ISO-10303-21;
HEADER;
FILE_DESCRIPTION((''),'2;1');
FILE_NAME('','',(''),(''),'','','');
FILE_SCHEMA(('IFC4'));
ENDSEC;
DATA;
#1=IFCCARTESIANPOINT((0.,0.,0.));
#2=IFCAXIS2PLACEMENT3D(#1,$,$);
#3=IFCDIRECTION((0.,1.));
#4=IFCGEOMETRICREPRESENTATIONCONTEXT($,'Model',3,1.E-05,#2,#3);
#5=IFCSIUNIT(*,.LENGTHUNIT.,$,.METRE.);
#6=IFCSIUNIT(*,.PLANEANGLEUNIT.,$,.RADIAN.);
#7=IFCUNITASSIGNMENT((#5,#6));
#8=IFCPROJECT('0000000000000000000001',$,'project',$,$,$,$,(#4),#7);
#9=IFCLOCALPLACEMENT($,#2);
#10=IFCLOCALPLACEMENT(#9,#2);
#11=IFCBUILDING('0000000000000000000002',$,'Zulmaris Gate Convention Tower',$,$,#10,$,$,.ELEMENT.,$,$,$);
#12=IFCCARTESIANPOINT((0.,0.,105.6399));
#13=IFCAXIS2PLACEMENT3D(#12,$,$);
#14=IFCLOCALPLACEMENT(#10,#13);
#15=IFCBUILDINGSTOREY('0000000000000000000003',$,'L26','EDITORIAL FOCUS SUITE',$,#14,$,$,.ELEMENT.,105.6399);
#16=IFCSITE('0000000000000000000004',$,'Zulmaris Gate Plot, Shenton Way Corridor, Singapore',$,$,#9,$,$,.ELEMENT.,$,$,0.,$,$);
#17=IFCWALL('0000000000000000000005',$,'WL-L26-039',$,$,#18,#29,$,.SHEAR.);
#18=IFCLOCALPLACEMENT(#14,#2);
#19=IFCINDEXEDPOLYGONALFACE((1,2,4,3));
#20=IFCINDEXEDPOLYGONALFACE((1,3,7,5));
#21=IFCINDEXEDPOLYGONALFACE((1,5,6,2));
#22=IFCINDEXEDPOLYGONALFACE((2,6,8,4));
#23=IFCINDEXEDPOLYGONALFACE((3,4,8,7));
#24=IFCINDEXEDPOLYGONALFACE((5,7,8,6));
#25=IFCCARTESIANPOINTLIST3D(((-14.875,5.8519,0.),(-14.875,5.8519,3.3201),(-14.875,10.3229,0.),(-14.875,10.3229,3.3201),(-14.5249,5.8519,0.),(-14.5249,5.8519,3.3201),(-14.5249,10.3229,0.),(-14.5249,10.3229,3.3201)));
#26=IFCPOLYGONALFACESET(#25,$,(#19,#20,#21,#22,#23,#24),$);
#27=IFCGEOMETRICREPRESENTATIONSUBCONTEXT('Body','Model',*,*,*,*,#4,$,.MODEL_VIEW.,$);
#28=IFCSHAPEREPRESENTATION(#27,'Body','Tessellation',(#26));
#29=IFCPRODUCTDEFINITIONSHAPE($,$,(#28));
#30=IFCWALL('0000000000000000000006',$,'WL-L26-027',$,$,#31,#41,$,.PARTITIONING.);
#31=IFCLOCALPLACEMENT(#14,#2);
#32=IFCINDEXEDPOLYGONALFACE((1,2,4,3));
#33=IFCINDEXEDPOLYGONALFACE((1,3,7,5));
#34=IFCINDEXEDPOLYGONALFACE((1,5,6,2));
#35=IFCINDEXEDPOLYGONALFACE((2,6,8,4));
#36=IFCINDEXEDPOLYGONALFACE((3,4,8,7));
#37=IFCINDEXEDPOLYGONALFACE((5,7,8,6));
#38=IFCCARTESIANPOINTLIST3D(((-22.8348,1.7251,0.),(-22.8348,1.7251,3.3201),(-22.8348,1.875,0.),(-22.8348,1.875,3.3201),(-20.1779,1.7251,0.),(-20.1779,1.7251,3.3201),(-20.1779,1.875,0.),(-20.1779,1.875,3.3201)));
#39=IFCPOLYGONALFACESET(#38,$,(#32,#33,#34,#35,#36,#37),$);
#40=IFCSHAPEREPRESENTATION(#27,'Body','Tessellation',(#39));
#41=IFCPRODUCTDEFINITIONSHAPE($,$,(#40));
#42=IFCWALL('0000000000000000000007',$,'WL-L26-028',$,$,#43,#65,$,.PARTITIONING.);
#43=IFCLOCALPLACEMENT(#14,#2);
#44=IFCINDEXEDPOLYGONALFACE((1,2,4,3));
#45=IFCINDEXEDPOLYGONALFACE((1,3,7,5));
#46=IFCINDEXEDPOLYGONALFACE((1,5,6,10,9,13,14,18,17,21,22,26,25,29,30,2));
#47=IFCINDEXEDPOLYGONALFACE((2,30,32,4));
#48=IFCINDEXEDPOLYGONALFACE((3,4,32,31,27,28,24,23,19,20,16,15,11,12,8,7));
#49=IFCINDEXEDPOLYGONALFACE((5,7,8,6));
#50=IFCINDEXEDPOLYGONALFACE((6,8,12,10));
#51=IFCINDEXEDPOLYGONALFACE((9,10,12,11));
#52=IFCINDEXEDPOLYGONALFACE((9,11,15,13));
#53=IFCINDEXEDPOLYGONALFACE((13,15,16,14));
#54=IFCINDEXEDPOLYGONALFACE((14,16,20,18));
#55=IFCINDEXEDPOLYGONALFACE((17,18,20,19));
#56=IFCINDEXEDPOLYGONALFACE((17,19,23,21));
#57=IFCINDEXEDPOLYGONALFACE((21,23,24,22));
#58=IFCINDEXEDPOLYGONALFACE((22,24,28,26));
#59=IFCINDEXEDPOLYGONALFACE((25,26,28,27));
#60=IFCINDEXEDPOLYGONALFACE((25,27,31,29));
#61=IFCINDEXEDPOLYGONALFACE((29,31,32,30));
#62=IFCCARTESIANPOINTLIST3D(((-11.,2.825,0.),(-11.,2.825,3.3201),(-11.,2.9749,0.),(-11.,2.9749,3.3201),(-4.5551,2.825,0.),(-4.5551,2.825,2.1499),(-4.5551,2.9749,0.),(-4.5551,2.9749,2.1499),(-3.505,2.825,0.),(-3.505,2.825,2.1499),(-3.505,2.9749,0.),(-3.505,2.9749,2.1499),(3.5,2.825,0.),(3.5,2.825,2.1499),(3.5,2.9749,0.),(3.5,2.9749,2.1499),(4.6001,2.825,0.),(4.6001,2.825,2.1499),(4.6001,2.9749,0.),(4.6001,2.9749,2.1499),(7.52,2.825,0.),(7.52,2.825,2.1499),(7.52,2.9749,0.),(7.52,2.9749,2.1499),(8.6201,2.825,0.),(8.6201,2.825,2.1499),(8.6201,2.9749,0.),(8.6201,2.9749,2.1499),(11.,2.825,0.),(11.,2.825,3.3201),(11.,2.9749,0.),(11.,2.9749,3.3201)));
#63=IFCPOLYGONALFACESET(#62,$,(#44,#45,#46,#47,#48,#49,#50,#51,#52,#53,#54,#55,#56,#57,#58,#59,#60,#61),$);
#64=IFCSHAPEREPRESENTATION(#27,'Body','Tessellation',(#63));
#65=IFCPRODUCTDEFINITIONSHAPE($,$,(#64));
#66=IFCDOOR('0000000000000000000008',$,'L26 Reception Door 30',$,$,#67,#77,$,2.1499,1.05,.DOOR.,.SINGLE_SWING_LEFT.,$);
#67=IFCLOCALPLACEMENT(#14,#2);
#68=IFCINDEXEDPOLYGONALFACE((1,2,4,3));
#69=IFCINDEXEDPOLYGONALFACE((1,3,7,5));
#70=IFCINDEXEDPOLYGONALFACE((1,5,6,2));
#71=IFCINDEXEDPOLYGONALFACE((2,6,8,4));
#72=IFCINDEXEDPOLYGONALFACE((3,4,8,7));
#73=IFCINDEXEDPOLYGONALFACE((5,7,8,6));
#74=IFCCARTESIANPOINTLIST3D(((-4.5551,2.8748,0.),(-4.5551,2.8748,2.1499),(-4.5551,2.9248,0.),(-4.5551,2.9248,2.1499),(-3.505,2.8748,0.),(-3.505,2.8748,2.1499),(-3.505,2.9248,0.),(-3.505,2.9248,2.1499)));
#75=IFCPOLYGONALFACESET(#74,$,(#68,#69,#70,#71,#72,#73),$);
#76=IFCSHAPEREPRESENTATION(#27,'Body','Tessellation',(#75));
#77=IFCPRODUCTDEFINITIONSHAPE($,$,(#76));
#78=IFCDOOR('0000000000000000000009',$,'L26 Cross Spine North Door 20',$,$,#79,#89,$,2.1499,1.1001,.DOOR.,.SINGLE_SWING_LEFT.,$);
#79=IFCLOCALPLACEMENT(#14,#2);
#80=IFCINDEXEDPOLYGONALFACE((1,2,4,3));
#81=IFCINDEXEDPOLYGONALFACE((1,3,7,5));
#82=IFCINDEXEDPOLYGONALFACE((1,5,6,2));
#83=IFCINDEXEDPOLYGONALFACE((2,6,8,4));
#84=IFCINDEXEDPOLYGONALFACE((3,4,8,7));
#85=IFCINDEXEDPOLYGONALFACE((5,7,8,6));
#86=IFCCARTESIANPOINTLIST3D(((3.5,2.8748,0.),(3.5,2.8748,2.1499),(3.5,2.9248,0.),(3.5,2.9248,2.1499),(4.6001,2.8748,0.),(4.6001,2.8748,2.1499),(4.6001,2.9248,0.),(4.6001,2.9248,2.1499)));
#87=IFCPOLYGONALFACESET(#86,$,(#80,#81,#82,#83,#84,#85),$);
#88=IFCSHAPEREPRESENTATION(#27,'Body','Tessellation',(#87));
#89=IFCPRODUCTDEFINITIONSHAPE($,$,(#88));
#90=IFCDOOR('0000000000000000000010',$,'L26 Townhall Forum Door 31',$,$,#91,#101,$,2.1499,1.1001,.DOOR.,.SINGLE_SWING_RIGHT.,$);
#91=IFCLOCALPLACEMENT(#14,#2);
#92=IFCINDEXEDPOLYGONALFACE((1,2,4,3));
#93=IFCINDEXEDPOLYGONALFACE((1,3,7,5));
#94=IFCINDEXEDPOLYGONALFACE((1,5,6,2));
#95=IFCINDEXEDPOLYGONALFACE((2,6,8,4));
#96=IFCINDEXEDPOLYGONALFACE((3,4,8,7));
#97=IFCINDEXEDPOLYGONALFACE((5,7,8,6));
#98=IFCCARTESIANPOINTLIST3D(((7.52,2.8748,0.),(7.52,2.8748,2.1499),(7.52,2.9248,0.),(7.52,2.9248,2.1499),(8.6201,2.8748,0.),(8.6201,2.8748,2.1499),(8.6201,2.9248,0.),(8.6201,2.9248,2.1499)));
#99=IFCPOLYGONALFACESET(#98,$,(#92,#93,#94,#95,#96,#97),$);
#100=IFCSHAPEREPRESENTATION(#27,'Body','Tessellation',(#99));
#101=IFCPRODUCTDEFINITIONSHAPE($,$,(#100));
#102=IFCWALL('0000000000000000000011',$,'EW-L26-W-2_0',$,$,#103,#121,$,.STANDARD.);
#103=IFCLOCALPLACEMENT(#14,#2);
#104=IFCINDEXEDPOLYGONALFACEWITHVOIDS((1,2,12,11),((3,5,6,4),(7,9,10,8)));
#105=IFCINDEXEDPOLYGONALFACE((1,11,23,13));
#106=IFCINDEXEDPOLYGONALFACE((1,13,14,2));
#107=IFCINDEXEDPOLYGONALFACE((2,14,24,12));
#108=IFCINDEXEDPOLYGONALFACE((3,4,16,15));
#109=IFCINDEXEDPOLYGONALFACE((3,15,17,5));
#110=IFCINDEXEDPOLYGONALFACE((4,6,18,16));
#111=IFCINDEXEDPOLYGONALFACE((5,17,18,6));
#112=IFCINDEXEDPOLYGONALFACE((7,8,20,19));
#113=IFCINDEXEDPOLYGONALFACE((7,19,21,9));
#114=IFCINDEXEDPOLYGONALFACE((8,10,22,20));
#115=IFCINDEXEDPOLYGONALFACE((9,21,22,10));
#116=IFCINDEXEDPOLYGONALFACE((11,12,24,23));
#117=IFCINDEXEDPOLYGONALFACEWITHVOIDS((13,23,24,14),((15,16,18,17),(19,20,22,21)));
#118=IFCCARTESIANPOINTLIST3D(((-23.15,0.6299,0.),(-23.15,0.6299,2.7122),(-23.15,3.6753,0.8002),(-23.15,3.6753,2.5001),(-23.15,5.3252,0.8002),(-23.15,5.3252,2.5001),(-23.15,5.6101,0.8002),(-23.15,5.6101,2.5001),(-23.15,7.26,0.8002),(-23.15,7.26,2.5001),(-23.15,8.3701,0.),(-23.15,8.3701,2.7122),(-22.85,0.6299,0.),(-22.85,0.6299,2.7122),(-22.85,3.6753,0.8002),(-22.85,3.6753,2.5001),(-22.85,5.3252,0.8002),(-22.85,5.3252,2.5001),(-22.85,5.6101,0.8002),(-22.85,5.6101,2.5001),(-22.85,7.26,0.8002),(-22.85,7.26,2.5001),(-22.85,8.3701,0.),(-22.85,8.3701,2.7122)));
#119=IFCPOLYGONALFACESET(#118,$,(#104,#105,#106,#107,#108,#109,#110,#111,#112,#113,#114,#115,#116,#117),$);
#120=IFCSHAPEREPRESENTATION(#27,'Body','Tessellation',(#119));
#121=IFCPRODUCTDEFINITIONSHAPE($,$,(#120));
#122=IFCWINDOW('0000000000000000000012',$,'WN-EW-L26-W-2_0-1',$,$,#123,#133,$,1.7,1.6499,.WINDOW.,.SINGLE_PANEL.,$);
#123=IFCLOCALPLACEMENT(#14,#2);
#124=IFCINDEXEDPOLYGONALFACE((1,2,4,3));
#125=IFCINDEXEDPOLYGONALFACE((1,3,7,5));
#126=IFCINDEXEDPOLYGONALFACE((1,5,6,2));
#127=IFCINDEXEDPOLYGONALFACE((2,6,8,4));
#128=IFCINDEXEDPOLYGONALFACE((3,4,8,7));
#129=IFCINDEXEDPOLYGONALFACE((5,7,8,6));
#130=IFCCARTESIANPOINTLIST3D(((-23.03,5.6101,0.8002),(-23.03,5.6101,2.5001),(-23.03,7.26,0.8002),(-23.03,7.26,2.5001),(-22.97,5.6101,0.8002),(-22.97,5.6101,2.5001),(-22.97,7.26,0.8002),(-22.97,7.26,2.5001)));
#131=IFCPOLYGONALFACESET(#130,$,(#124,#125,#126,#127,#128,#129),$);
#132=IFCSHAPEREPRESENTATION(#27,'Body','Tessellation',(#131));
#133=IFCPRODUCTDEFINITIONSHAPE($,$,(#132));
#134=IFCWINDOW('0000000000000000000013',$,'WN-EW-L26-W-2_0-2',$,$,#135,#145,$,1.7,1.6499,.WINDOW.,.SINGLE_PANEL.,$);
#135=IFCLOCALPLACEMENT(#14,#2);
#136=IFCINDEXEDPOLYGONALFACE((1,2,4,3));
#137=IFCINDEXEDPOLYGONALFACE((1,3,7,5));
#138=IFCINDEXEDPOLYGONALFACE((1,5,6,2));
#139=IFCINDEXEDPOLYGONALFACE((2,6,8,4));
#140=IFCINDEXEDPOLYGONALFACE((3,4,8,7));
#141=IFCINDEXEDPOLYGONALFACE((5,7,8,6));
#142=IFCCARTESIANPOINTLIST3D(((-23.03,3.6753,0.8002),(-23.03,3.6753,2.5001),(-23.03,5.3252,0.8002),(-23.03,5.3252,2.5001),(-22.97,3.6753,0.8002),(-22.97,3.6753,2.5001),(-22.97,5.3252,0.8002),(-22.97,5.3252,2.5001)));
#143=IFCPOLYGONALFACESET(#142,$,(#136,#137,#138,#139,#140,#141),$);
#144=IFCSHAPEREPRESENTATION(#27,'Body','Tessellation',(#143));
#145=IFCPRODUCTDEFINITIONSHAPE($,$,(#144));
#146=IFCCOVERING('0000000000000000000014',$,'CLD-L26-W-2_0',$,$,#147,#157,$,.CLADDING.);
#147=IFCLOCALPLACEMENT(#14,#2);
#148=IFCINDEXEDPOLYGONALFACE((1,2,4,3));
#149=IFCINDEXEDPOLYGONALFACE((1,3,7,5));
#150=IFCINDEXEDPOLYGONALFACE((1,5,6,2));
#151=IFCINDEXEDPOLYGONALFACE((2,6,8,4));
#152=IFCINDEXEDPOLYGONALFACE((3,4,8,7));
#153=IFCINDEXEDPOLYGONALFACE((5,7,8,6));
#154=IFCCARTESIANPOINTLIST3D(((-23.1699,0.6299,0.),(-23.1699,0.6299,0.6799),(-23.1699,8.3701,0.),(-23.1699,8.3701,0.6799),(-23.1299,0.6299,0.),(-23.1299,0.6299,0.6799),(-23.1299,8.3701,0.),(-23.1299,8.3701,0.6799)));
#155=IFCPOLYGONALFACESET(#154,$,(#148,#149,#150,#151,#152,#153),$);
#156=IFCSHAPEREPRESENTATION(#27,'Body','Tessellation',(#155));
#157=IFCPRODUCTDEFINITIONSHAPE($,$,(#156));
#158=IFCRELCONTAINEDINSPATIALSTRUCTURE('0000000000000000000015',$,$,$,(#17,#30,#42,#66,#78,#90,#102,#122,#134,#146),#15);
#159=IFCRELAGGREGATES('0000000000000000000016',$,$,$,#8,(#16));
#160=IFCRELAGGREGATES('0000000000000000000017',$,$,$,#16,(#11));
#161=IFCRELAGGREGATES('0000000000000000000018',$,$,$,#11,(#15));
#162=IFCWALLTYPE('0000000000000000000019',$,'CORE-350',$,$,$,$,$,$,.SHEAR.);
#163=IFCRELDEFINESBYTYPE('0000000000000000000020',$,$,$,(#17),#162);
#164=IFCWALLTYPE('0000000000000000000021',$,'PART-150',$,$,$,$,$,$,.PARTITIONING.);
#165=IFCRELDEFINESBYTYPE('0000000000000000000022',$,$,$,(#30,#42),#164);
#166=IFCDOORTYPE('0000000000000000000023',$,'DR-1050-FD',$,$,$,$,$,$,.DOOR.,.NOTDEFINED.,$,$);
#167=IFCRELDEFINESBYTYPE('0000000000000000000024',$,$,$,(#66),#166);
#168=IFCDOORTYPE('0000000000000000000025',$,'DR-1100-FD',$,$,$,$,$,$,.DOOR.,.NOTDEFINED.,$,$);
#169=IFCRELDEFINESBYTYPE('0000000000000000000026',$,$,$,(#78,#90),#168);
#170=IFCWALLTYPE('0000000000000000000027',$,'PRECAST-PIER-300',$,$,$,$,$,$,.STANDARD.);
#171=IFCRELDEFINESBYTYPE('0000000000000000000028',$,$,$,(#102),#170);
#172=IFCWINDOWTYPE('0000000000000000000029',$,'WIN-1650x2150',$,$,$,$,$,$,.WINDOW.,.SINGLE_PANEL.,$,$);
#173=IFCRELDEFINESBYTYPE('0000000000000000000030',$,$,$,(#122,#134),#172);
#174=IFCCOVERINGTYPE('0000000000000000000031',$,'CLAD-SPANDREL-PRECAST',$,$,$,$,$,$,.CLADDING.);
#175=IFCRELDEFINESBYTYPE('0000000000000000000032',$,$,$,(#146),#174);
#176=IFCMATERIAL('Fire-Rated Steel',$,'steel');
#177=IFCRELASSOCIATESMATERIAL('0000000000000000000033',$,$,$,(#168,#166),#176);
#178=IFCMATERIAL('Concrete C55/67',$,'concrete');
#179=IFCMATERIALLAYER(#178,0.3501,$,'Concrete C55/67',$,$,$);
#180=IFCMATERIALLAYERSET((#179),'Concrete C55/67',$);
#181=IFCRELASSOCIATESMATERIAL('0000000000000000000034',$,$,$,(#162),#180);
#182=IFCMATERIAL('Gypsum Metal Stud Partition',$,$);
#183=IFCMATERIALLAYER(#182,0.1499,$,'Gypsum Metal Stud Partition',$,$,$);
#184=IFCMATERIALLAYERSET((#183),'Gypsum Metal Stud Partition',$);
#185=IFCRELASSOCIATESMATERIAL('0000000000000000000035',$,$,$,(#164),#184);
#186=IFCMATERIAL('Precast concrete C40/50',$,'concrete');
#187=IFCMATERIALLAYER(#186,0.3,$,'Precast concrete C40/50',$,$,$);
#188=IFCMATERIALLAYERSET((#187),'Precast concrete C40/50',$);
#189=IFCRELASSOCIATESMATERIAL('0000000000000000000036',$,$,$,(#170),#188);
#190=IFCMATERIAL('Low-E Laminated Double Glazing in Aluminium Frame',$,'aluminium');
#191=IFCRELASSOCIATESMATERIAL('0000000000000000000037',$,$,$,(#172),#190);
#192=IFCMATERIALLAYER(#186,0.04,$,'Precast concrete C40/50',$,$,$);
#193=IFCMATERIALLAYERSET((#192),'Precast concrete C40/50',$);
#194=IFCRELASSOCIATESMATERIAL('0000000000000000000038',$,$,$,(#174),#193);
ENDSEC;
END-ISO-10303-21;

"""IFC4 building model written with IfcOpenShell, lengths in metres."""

from ifc_helpers import new_model, si_unit, direction, frame, frame_2d, origin, place, context, subcontext, project, spatial, rectangle, extrude, material, layer, layer_set, type_object, element, fill, save


model = new_model("IFC4")

# Units and contexts
model_context = context("Model", 3, precision=1e-05, world=origin(), true_north=direction((0.0, 1.0)))
body_context = subcontext(model_context, "Body", "Model", "MODEL_VIEW")
ifc_project = project(units=[si_unit("LENGTHUNIT", "METRE"), si_unit("PLANEANGLEUNIT", "RADIAN")], contexts=[model_context])

# Site, building, storey
site_placement = place(None, origin())
site = spatial("IfcSite", under=ifc_project, at=site_placement, Name="Zulmaris Gate Plot, Shenton Way Corridor, Singapore", CompositionType="ELEMENT", RefElevation=0.0)
building_placement = place(site_placement, origin())
building = spatial("IfcBuilding", under=site, at=building_placement, Name="Zulmaris Gate Convention Tower", CompositionType="ELEMENT")
storey_placement = place(building_placement, frame((0.0, 0.0, 105.6399)))
storey = spatial("IfcBuildingStorey", under=building, at=storey_placement, Name="L26", Description="EDITORIAL FOCUS SUITE", CompositionType="ELEMENT", Elevation=105.6399)

# Shared definitions
ifc_material_1 = material(Name="Fire-Rated Steel", Category="steel")
door_type_1 = type_object("IfcDoorType", Name="DR-1100-FD", OperationType="NOTDEFINED", PredefinedType="DOOR", material=ifc_material_1)

# Walls
ifc_material_2 = material(Name="Concrete C55/67", Category="concrete")
ifc_layer_1 = layer(ifc_material_2, 0.3501, Name="Concrete C55/67")
ifc_layer_set_1 = layer_set([ifc_layer_1], Name="Concrete C55/67")
wall_type_1 = type_object("IfcWallType", Name="CORE-350", PredefinedType="SHEAR", material=ifc_layer_set_1)
wall_1_placement = place(storey_placement, frame((-14.7, 5.8521, 0.0), z_axis=(0.0, 0.0, 1.0), x_axis=(0.0, 1.0, 0.0)))
element("IfcWall", 1, at=wall_1_placement, inside=storey, type_object=wall_type_1, Name="WL-L26-039", PredefinedType="SHEAR", context=body_context, shape_type="SweptSolid", body=[
    extrude(rectangle(XDim=4.4709, YDim=0.3501, at=frame_2d((2.2354, 0.0))), origin(), (0.0, 0.0, 1.0), 3.3201),
])
ifc_material_3 = material(Name="Gypsum Metal Stud Partition")
ifc_layer_2 = layer(ifc_material_3, 0.1499, Name="Gypsum Metal Stud Partition")
ifc_layer_set_2 = layer_set([ifc_layer_2], Name="Gypsum Metal Stud Partition")
wall_type_2 = type_object("IfcWallType", Name="PART-150", PredefinedType="PARTITIONING", material=ifc_layer_set_2)
wall_2_placement = place(storey_placement, frame((-22.835, 1.8, 0.0), z_axis=(0.0, 0.0, 1.0), x_axis=(1.0, 0.0, 0.0)))
element("IfcWall", 2, at=wall_2_placement, inside=storey, type_object=wall_type_2, Name="WL-L26-027", PredefinedType="PARTITIONING", context=body_context, shape_type="SweptSolid", body=[
    extrude(rectangle(XDim=2.657, YDim=0.1499, at=frame_2d((1.3286, 0.0))), origin(), (0.0, 0.0, 1.0), 3.3201),
])

# Wall, openings, doors
wall_3_placement = place(storey_placement, frame((-11.0, 2.8999, 0.0), z_axis=(0.0, 0.0, 1.0), x_axis=(1.0, 0.0, 0.0)))
wall_3 = element("IfcWall", 3, at=wall_3_placement, inside=storey, type_object=wall_type_2, Name="WL-L26-028", PredefinedType="PARTITIONING", context=body_context, shape_type="SweptSolid", body=[
    extrude(rectangle(XDim=22.0, YDim=0.1499, at=frame_2d((11.0, 0.0))), origin(), (0.0, 0.0, 1.0), 3.3201),
])
opening_1_placement = place(wall_3_placement, frame((14.5, 0.0, 0.0)))
opening_1 = element("IfcOpeningElement", 4, at=opening_1_placement, cuts=wall_3, PredefinedType="OPENING", context=body_context, shape_type="SweptSolid", body=[
    extrude(rectangle(XDim=1.1001, YDim=2.1499, at=frame_2d((0.55, 1.075))), frame((0.0, 0.085, 0.0), z_axis=(0.0, -1.0, 0.0), x_axis=(1.0, 0.0, 0.0)), (0.0, 0.0, 1.0), 0.1699),
])
opening_2_placement = place(wall_3_placement, frame((6.4451, 0.0, 0.0)))
opening_2 = element("IfcOpeningElement", 5, at=opening_2_placement, cuts=wall_3, PredefinedType="OPENING", context=body_context, shape_type="SweptSolid", body=[
    extrude(rectangle(XDim=1.05, YDim=2.1499, at=frame_2d((0.5249, 1.075))), frame((0.0, 0.085, 0.0), z_axis=(0.0, -1.0, 0.0), x_axis=(1.0, 0.0, 0.0)), (0.0, 0.0, 1.0), 0.1699),
])
opening_3_placement = place(wall_3_placement, frame((18.52, 0.0, 0.0)))
opening_3 = element("IfcOpeningElement", 6, at=opening_3_placement, cuts=wall_3, PredefinedType="OPENING", context=body_context, shape_type="SweptSolid", body=[
    extrude(rectangle(XDim=1.1001, YDim=2.1499, at=frame_2d((0.55, 1.075))), frame((0.0, 0.085, 0.0), z_axis=(0.0, -1.0, 0.0), x_axis=(1.0, 0.0, 0.0)), (0.0, 0.0, 1.0), 0.1699),
])
door_type_2 = type_object("IfcDoorType", Name="DR-1050-FD", OperationType="NOTDEFINED", PredefinedType="DOOR", material=ifc_material_1)
door_1_placement = place(opening_2_placement, origin())
door_1 = element("IfcDoor", 7, at=door_1_placement, inside=storey, type_object=door_type_2, Name="L26 Reception Door 30", OperationType="SINGLE_SWING_LEFT", OverallHeight=2.1499, OverallWidth=1.05, PredefinedType="DOOR", context=body_context, shape_type="SweptSolid", body=[
    extrude(rectangle(XDim=1.05, YDim=2.1499, at=frame_2d((0.5249, 1.075))), frame((0.0, 0.0249, 0.0), z_axis=(0.0, -1.0, 0.0), x_axis=(1.0, 0.0, 0.0)), (0.0, 0.0, 1.0), 0.05),
])
fill(opening_2, door_1)
door_2_placement = place(opening_1_placement, origin())
door_2 = element("IfcDoor", 8, at=door_2_placement, inside=storey, type_object=door_type_1, Name="L26 Cross Spine North Door 20", OperationType="SINGLE_SWING_LEFT", OverallHeight=2.1499, OverallWidth=1.1001, PredefinedType="DOOR", context=body_context, shape_type="SweptSolid", body=[
    extrude(rectangle(XDim=1.1001, YDim=2.1499, at=frame_2d((0.55, 1.075))), frame((0.0, 0.0249, 0.0), z_axis=(0.0, -1.0, 0.0), x_axis=(1.0, 0.0, 0.0)), (0.0, 0.0, 1.0), 0.05),
])
fill(opening_1, door_2)
door_3_placement = place(opening_3_placement, origin())
door_3 = element("IfcDoor", 9, at=door_3_placement, inside=storey, type_object=door_type_1, Name="L26 Townhall Forum Door 31", OperationType="SINGLE_SWING_RIGHT", OverallHeight=2.1499, OverallWidth=1.1001, PredefinedType="DOOR", context=body_context, shape_type="SweptSolid", body=[
    extrude(rectangle(XDim=1.1001, YDim=2.1499, at=frame_2d((0.55, 1.075))), frame((0.0, 0.0249, 0.0), z_axis=(0.0, -1.0, 0.0), x_axis=(1.0, 0.0, 0.0)), (0.0, 0.0, 1.0), 0.05),
])
fill(opening_3, door_3)

# Wall, openings, windows
ifc_material_4 = material(Name="Precast concrete C40/50", Category="concrete")
ifc_layer_3 = layer(ifc_material_4, 0.3, Name="Precast concrete C40/50")
ifc_layer_set_3 = layer_set([ifc_layer_3], Name="Precast concrete C40/50")
wall_type_3 = type_object("IfcWallType", Name="PRECAST-PIER-300", PredefinedType="STANDARD", material=ifc_layer_set_3)
wall_4_placement = place(storey_placement, frame((-23.0, 8.3701, 0.0), z_axis=(0.0, 0.0, 1.0), x_axis=(0.0, -1.0, 0.0)))
wall_4 = element("IfcWall", 10, at=wall_4_placement, inside=storey, type_object=wall_type_3, Name="EW-L26-W-2_0", PredefinedType="STANDARD", context=body_context, shape_type="SweptSolid", body=[
    extrude(rectangle(XDim=7.7402, YDim=0.3, at=frame_2d((3.8701, 0.0))), origin(), (0.0, 0.0, 1.0), 2.7122),
])
opening_4_placement = place(wall_4_placement, frame((1.1101, 0.0, 0.8)))
opening_4 = element("IfcOpeningElement", 11, at=opening_4_placement, cuts=wall_4, PredefinedType="OPENING", context=body_context, shape_type="SweptSolid", body=[
    extrude(rectangle(XDim=1.6499, YDim=1.7, at=frame_2d((0.825, 0.8501))), frame((0.0, 0.1602, 0.0), z_axis=(0.0, -1.0, 0.0), x_axis=(1.0, 0.0, 0.0)), (0.0, 0.0, 1.0), 0.3201),
])
opening_5_placement = place(wall_4_placement, frame((3.0449, 0.0, 0.8)))
opening_5 = element("IfcOpeningElement", 12, at=opening_5_placement, cuts=wall_4, PredefinedType="OPENING", context=body_context, shape_type="SweptSolid", body=[
    extrude(rectangle(XDim=1.6499, YDim=1.7, at=frame_2d((0.825, 0.8501))), frame((0.0, 0.1602, 0.0), z_axis=(0.0, -1.0, 0.0), x_axis=(1.0, 0.0, 0.0)), (0.0, 0.0, 1.0), 0.3201),
])
ifc_material_5 = material(Name="Low-E Laminated Double Glazing in Aluminium Frame", Category="aluminium")
window_type = type_object("IfcWindowType", Name="WIN-1650x2150", PartitioningType="SINGLE_PANEL", PredefinedType="WINDOW", material=ifc_material_5)
window_1_placement = place(opening_4_placement, origin())
window_1 = element("IfcWindow", 13, at=window_1_placement, inside=storey, type_object=window_type, Name="WN-EW-L26-W-2_0-1", OverallHeight=1.7, OverallWidth=1.6499, PartitioningType="SINGLE_PANEL", PredefinedType="WINDOW", context=body_context, shape_type="SweptSolid", body=[
    extrude(rectangle(XDim=1.6499, YDim=1.7, at=frame_2d((0.825, 0.8501))), frame((0.0, 0.03, 0.0), z_axis=(0.0, -1.0, 0.0), x_axis=(1.0, 0.0, 0.0)), (0.0, 0.0, 1.0), 0.0601),
])
fill(opening_4, window_1)
window_2_placement = place(opening_5_placement, origin())
window_2 = element("IfcWindow", 14, at=window_2_placement, inside=storey, type_object=window_type, Name="WN-EW-L26-W-2_0-2", OverallHeight=1.7, OverallWidth=1.6499, PartitioningType="SINGLE_PANEL", PredefinedType="WINDOW", context=body_context, shape_type="SweptSolid", body=[
    extrude(rectangle(XDim=1.6499, YDim=1.7, at=frame_2d((0.825, 0.8501))), frame((0.0, 0.03, 0.0), z_axis=(0.0, -1.0, 0.0), x_axis=(1.0, 0.0, 0.0)), (0.0, 0.0, 1.0), 0.0601),
])
fill(opening_5, window_2)

# Covering
ifc_layer_4 = layer(ifc_material_4, 0.04, Name="Precast concrete C40/50")
ifc_layer_set_4 = layer_set([ifc_layer_4], Name="Precast concrete C40/50")
covering_type_1 = type_object("IfcCoveringType", Name="CLAD-SPANDREL-PRECAST", PredefinedType="CLADDING", material=ifc_layer_set_4)
covering_1_placement = place(storey_placement, frame((-23.1499, 8.3701, 0.0), z_axis=(0.0, 0.0, 1.0), x_axis=(0.0, -1.0, 0.0)))
element("IfcCovering", 15, at=covering_1_placement, inside=storey, type_object=covering_type_1, Name="CLD-L26-W-2_0", PredefinedType="CLADDING", context=body_context, shape_type="SweptSolid", body=[
    extrude(rectangle(XDim=7.7402, YDim=0.04, at=frame_2d((3.8701, 0.0))), origin(), (0.0, 0.0, 1.0), 0.6799),
])

save(model, "model.ifc")
